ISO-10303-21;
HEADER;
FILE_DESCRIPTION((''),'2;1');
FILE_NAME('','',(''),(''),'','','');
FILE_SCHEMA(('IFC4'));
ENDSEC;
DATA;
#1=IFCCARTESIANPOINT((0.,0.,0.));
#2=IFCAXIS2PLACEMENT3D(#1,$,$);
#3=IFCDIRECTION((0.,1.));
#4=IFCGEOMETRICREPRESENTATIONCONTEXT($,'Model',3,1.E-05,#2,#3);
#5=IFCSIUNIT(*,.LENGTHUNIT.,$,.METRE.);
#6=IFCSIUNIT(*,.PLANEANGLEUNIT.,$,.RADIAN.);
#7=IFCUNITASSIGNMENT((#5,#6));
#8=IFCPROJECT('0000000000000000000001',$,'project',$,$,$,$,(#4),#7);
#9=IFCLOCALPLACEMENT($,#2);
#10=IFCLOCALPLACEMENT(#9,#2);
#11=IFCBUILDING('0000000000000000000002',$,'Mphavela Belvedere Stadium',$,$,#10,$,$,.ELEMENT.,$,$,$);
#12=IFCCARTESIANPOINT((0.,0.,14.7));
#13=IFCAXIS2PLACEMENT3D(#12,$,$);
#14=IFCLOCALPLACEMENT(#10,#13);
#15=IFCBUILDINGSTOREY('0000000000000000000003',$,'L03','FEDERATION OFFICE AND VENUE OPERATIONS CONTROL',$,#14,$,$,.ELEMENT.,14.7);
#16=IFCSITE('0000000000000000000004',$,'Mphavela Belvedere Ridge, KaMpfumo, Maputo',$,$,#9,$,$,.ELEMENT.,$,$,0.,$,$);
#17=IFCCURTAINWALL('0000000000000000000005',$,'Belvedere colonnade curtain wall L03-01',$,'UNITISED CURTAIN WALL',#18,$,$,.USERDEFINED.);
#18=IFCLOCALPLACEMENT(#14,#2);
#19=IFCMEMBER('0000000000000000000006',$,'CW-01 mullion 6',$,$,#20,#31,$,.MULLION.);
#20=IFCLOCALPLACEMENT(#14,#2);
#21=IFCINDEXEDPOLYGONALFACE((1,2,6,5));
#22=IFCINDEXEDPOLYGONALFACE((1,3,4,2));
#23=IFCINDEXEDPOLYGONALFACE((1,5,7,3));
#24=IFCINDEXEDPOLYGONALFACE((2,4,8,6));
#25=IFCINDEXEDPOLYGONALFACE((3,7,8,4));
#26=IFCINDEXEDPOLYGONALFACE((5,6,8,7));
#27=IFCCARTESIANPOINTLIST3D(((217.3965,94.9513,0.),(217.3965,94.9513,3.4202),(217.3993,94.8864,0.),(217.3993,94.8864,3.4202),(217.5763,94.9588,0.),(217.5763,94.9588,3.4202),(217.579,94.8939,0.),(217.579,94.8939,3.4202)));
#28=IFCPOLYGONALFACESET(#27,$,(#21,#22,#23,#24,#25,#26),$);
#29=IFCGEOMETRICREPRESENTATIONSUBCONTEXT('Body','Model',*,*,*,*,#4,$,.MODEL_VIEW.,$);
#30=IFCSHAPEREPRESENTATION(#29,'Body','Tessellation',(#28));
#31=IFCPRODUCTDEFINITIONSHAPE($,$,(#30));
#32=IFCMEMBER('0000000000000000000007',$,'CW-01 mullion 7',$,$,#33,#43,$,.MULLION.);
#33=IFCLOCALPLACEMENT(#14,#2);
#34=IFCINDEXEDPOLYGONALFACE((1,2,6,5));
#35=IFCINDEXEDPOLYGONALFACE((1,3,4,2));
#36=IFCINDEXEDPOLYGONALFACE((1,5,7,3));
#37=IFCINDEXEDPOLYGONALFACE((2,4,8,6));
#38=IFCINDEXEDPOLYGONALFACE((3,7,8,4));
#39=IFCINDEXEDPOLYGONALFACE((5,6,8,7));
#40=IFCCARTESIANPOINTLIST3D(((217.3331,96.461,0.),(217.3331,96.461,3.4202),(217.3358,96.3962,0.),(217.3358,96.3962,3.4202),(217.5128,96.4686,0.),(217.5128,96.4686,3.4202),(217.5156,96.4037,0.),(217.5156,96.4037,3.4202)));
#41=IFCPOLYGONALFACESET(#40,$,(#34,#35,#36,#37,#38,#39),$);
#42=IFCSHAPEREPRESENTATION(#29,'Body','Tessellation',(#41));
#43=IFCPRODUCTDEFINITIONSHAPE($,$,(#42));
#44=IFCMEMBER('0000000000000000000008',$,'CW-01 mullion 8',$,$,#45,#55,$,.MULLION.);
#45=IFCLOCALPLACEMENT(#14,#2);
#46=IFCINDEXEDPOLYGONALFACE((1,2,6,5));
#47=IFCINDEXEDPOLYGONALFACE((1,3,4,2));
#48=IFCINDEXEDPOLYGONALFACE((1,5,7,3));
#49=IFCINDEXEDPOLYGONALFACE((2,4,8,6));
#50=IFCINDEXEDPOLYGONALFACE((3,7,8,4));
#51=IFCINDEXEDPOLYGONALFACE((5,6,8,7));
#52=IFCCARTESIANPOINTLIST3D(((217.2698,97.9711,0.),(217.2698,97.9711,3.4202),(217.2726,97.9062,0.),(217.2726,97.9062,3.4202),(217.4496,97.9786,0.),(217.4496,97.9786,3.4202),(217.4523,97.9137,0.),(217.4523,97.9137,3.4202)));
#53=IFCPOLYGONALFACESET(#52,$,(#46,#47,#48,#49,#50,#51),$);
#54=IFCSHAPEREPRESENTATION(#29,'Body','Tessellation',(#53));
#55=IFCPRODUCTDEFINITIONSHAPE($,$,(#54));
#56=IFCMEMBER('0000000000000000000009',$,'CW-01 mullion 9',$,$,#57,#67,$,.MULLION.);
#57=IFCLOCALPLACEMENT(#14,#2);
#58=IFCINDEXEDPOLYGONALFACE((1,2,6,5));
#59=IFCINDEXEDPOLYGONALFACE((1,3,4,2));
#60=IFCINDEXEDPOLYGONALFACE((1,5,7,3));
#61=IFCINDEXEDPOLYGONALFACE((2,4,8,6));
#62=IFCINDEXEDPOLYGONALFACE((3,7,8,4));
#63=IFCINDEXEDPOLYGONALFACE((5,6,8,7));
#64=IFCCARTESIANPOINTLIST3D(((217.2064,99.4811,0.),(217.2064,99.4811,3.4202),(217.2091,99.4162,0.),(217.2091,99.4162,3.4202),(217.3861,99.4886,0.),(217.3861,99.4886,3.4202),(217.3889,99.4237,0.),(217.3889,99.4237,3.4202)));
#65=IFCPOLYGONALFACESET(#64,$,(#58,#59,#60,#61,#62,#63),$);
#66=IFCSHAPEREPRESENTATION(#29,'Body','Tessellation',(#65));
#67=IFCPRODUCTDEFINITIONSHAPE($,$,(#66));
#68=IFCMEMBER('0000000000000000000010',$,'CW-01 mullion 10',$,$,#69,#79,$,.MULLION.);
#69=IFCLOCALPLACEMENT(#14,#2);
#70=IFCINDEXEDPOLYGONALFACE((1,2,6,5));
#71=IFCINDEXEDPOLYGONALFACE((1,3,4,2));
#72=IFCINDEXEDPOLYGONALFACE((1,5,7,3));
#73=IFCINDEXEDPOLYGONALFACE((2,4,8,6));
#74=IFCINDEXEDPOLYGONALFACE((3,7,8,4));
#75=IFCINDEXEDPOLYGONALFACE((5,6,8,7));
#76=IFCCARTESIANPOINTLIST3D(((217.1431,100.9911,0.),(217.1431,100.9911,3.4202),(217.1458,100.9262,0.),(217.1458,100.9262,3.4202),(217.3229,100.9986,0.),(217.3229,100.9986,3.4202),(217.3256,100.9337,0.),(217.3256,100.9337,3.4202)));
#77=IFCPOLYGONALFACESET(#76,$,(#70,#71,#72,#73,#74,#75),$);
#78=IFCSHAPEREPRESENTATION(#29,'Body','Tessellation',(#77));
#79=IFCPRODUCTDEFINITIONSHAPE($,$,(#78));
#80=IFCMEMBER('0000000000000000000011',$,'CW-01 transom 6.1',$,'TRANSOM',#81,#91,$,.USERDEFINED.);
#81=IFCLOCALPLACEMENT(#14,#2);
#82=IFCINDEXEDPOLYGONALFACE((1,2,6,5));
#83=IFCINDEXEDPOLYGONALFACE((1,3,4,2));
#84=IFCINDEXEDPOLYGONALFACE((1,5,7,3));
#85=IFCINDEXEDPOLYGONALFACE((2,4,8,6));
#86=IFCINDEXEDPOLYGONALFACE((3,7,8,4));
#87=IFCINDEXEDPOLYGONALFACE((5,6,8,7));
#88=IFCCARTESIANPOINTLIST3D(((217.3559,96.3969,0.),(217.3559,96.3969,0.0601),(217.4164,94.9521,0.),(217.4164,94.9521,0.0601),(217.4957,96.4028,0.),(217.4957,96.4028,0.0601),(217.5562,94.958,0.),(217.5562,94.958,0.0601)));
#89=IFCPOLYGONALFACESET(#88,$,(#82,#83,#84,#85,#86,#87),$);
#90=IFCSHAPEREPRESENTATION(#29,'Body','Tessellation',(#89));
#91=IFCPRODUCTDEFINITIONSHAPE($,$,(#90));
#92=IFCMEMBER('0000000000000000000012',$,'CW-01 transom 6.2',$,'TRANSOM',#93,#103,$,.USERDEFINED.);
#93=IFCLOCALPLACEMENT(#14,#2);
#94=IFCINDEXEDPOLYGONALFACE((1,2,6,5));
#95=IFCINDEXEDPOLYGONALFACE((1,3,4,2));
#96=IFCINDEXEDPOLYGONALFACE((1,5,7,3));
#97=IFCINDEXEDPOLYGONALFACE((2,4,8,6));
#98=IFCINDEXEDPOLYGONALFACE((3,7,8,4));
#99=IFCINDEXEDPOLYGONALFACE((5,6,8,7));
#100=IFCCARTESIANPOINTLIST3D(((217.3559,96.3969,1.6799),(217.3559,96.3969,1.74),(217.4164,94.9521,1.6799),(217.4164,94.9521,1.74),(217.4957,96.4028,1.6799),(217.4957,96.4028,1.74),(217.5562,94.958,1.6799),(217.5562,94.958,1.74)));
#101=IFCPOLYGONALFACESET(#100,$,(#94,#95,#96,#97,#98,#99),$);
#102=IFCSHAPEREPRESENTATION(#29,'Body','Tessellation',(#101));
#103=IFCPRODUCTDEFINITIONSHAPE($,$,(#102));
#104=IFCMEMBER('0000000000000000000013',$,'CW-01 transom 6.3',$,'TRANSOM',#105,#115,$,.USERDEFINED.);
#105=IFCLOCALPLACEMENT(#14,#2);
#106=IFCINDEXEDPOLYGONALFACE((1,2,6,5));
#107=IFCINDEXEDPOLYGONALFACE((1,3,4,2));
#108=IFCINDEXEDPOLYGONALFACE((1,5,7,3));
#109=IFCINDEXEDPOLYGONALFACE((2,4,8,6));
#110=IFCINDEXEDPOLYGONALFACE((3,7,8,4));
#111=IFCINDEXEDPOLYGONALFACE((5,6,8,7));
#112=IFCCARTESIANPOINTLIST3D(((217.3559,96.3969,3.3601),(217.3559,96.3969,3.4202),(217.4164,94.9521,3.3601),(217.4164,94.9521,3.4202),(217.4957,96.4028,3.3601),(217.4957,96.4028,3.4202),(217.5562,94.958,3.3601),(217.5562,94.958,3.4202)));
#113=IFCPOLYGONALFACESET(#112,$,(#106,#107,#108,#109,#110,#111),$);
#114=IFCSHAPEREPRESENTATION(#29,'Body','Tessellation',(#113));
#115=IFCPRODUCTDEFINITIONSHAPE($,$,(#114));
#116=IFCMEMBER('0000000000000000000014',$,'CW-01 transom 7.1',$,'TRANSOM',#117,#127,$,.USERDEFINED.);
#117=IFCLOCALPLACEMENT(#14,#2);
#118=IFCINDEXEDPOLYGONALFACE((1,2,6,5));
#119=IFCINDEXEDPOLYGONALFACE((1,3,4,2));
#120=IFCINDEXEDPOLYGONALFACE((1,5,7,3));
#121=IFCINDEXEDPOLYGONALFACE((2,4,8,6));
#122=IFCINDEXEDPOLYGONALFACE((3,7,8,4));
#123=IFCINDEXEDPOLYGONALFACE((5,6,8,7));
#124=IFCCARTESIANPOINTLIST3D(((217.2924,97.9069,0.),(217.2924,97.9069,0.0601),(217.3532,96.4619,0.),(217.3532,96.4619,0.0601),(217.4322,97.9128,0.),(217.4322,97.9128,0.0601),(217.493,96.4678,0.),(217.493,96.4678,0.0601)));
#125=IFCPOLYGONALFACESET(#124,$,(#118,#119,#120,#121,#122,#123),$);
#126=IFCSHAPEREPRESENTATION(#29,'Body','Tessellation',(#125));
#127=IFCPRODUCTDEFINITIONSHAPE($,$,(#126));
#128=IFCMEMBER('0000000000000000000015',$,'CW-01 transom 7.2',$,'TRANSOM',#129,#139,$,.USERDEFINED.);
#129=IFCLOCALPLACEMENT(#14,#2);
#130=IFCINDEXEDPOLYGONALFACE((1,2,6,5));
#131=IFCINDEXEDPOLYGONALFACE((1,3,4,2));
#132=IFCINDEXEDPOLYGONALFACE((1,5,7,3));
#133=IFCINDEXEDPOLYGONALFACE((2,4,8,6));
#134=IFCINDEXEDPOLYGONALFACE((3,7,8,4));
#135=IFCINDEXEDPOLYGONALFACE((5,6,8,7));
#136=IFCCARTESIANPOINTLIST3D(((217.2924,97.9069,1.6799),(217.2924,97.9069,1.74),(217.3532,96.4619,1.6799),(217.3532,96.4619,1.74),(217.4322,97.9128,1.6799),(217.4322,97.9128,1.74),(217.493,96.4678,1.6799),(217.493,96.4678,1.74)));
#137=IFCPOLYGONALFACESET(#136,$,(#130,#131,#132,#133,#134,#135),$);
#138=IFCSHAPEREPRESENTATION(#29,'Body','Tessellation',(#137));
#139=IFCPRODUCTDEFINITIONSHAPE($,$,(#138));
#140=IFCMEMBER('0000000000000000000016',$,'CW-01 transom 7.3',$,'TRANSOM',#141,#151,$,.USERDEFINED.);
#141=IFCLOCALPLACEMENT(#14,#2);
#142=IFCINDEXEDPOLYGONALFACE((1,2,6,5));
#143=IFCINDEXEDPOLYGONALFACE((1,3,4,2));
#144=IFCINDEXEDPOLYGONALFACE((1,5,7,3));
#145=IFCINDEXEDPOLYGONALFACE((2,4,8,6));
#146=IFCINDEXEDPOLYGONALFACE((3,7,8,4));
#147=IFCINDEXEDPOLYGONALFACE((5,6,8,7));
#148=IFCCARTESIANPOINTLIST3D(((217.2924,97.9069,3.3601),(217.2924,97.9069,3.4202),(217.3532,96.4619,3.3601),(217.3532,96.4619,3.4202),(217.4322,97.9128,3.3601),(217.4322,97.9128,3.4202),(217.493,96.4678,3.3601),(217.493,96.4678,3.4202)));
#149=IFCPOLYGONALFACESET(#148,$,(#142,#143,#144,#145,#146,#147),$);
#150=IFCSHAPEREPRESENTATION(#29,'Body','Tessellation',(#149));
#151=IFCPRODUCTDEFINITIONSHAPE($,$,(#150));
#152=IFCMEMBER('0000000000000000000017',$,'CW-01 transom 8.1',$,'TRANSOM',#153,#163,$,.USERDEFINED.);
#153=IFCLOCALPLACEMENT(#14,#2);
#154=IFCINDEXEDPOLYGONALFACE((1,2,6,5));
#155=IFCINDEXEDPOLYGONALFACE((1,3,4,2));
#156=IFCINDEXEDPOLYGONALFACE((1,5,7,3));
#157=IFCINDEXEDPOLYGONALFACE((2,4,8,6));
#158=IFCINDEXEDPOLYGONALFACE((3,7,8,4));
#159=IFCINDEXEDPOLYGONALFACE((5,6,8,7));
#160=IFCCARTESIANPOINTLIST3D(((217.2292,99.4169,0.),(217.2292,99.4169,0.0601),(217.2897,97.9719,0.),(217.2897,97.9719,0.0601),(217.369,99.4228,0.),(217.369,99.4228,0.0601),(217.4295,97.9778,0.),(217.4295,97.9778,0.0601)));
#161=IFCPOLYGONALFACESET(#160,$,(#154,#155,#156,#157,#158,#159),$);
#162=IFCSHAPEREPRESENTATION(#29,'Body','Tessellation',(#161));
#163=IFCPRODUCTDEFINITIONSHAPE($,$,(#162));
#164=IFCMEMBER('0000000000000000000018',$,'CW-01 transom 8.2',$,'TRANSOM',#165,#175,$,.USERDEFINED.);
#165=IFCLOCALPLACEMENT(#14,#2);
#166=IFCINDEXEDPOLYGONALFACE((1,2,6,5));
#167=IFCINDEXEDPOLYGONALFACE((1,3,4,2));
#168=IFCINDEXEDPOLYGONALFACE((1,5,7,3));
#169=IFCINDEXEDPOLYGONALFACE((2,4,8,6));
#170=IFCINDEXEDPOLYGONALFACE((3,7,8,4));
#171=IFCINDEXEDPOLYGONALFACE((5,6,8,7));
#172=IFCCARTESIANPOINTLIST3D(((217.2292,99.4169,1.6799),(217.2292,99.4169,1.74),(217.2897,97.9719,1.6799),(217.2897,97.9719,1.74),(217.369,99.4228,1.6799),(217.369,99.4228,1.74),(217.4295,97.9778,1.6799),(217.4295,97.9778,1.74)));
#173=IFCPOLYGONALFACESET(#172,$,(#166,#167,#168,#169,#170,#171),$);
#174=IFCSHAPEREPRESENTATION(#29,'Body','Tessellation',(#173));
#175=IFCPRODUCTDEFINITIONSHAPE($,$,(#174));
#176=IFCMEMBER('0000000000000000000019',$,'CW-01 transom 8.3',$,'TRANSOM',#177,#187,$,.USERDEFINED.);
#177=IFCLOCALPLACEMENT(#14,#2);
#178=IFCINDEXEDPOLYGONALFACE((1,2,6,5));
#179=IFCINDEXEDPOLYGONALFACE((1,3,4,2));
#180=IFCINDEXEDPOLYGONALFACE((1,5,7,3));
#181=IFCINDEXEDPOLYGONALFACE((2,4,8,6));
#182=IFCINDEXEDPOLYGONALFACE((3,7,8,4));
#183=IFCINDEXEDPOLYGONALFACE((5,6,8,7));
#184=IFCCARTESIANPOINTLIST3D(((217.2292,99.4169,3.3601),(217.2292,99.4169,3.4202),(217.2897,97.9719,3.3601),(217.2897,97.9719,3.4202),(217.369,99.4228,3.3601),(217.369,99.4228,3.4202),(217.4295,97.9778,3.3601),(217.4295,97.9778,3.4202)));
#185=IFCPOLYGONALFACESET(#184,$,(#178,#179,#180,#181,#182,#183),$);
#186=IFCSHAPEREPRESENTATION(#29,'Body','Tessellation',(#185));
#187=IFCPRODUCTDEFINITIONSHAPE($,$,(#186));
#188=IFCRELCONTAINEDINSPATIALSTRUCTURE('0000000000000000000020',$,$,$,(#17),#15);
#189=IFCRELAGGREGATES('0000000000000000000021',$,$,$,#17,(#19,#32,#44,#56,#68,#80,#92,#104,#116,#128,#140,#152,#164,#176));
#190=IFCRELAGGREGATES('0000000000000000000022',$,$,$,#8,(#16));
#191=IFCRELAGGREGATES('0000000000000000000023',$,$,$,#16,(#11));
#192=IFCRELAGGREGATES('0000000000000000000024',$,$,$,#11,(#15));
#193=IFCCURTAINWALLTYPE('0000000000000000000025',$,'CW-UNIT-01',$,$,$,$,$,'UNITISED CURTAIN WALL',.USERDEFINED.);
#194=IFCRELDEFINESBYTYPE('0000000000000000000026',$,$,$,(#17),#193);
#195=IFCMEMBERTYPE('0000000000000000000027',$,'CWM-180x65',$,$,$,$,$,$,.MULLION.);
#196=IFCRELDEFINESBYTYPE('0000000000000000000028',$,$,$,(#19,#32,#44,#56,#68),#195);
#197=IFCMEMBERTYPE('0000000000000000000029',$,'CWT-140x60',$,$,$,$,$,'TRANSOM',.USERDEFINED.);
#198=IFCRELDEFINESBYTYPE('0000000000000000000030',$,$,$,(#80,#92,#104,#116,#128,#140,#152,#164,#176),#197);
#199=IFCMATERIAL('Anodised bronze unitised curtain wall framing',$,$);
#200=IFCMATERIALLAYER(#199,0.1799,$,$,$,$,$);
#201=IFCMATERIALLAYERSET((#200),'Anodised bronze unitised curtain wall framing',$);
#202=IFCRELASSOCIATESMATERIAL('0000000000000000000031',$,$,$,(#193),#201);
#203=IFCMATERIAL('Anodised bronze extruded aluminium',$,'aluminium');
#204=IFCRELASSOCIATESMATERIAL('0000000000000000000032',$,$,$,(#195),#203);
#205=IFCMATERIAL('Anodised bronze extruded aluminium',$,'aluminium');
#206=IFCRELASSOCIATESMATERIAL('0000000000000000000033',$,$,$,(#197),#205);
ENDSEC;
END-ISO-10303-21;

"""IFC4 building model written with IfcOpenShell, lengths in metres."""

from ifc_helpers import new_model, si_unit, direction, frame, origin, origin_2d, place, context, subcontext, project, spatial, rectangle, extrude, material, layer, layer_set, material_profile, profile_set, type_object, element, aggregate, save


model = new_model("IFC4")

# Units and contexts
model_context = context("Model", 3, precision=1e-05, world=origin(), true_north=direction((0.0, 1.0)))
body_context = subcontext(model_context, "Body", "Model", "MODEL_VIEW")
ifc_project = project(units=[si_unit("LENGTHUNIT", "METRE"), si_unit("PLANEANGLEUNIT", "RADIAN")], contexts=[model_context])

# Site, building, storey
site_placement = place(None, origin())
site = spatial("IfcSite", under=ifc_project, at=site_placement, Name="Mphavela Belvedere Ridge, KaMpfumo, Maputo", CompositionType="ELEMENT", RefElevation=0.0)
building_placement = place(site_placement, origin())
building = spatial("IfcBuilding", under=site, at=building_placement, Name="Mphavela Belvedere Stadium", CompositionType="ELEMENT")
storey_placement = place(building_placement, frame((0.0, 0.0, 14.7)))
storey = spatial("IfcBuildingStorey", under=building, at=storey_placement, Name="L03", Description="FEDERATION OFFICE AND VENUE OPERATIONS CONTROL", CompositionType="ELEMENT", Elevation=14.7)

# Curtain wall, members
ifc_material_1 = material(Name="Anodised bronze unitised curtain wall framing")
ifc_layer_1 = layer(ifc_material_1, 0.1799)
ifc_layer_set_1 = layer_set([ifc_layer_1], Name="Anodised bronze unitised curtain wall framing")
curtain_wall_type = type_object("IfcCurtainWallType", Name="CW-UNIT-01", ElementType="UNITISED CURTAIN WALL", PredefinedType="USERDEFINED", material=ifc_layer_set_1)
curtain_wall_placement = place(storey_placement, origin())
curtain_wall = element("IfcCurtainWall", 1, at=curtain_wall_placement, inside=storey, type_object=curtain_wall_type, Name="Belvedere colonnade curtain wall L03-01", ObjectType="UNITISED CURTAIN WALL", PredefinedType="USERDEFINED")
ifc_material_2 = material(Name="Anodised bronze extruded aluminium", Category="aluminium")
ifc_material_profile_1 = material_profile(ifc_material_2, rectangle(XDim=0.1799, YDim=0.0649, at=origin_2d()), Name="CW-MUL 180x65")
ifc_profile_set_1 = profile_set([ifc_material_profile_1], Name="Anodised bronze extruded aluminium")
member_type_1 = type_object("IfcMemberType", Name="CWM-180x65", PredefinedType="MULLION", material=ifc_profile_set_1)
member_1_placement = place(storey_placement, frame((217.4878, 94.9226, 0.0), z_axis=(0.0, 0.0, 1.0), x_axis=(-0.999121, -0.041911, 0.0)))
member_1 = element("IfcMember", 2, at=member_1_placement, type_object=member_type_1, Name="CW-01 mullion 6", PredefinedType="MULLION", context=body_context, shape_type="SweptSolid", body=[
    extrude(rectangle(XDim=0.1799, YDim=0.0649, at=origin_2d()), origin(), (0.0, 0.0, 1.0), 3.4202),
])
member_2_placement = place(storey_placement, frame((217.4243, 96.4324, 0.0), z_axis=(0.0, 0.0, 1.0), x_axis=(-0.999121, -0.041911, 0.0)))
member_2 = element("IfcMember", 3, at=member_2_placement, type_object=member_type_1, Name="CW-01 mullion 7", PredefinedType="MULLION", context=body_context, shape_type="SweptSolid", body=[
    extrude(rectangle(XDim=0.1799, YDim=0.0649, at=origin_2d()), origin(), (0.0, 0.0, 1.0), 3.4202),
])
member_3_placement = place(storey_placement, frame((217.3611, 97.9424, 0.0), z_axis=(0.0, 0.0, 1.0), x_axis=(-0.999121, -0.041911, 0.0)))
member_3 = element("IfcMember", 4, at=member_3_placement, type_object=member_type_1, Name="CW-01 mullion 8", PredefinedType="MULLION", context=body_context, shape_type="SweptSolid", body=[
    extrude(rectangle(XDim=0.1799, YDim=0.0649, at=origin_2d()), origin(), (0.0, 0.0, 1.0), 3.4202),
])
member_4_placement = place(storey_placement, frame((217.2976, 99.4524, 0.0), z_axis=(0.0, 0.0, 1.0), x_axis=(-0.999121, -0.041911, 0.0)))
member_4 = element("IfcMember", 5, at=member_4_placement, type_object=member_type_1, Name="CW-01 mullion 9", PredefinedType="MULLION", context=body_context, shape_type="SweptSolid", body=[
    extrude(rectangle(XDim=0.1799, YDim=0.0649, at=origin_2d()), origin(), (0.0, 0.0, 1.0), 3.4202),
])
member_5_placement = place(storey_placement, frame((217.2344, 100.9624, 0.0), z_axis=(0.0, 0.0, 1.0), x_axis=(-0.999121, -0.041911, 0.0)))
member_5 = element("IfcMember", 6, at=member_5_placement, type_object=member_type_1, Name="CW-01 mullion 10", PredefinedType="MULLION", context=body_context, shape_type="SweptSolid", body=[
    extrude(rectangle(XDim=0.1799, YDim=0.0649, at=origin_2d()), origin(), (0.0, 0.0, 1.0), 3.4202),
])
ifc_material_3 = material(Name="Anodised bronze extruded aluminium", Category="aluminium")
ifc_material_profile_2 = material_profile(ifc_material_3, rectangle(XDim=0.1399, YDim=0.0601, at=origin_2d()), Name="CW-TRN 140x60")
ifc_profile_set_2 = profile_set([ifc_material_profile_2], Name="Anodised bronze extruded aluminium")
member_type_2 = type_object("IfcMemberType", Name="CWT-140x60", ElementType="TRANSOM", PredefinedType="USERDEFINED", material=ifc_profile_set_2)
member_6_placement = place(storey_placement, frame((217.4863, 94.9551, 0.03), z_axis=(-0.041869, 0.999123, 0.0), x_axis=(-0.999123, -0.041869, 0.0)))
member_6 = element("IfcMember", 7, at=member_6_placement, type_object=member_type_2, Name="CW-01 transom 6.1", ObjectType="TRANSOM", PredefinedType="USERDEFINED", context=body_context, shape_type="SweptSolid", body=[
    extrude(rectangle(XDim=0.1399, YDim=0.0601, at=origin_2d()), origin(), (0.0, 0.0, 1.0), 1.446),
])
member_7_placement = place(storey_placement, frame((217.4863, 94.9551, 1.71), z_axis=(-0.041869, 0.999123, 0.0), x_axis=(-0.999123, -0.041869, 0.0)))
member_7 = element("IfcMember", 8, at=member_7_placement, type_object=member_type_2, Name="CW-01 transom 6.2", ObjectType="TRANSOM", PredefinedType="USERDEFINED", context=body_context, shape_type="SweptSolid", body=[
    extrude(rectangle(XDim=0.1399, YDim=0.0601, at=origin_2d()), origin(), (0.0, 0.0, 1.0), 1.446),
])
member_8_placement = place(storey_placement, frame((217.4863, 94.9551, 3.3901), z_axis=(-0.041869, 0.999123, 0.0), x_axis=(-0.999123, -0.041869, 0.0)))
member_8 = element("IfcMember", 9, at=member_8_placement, type_object=member_type_2, Name="CW-01 transom 6.3", ObjectType="TRANSOM", PredefinedType="USERDEFINED", context=body_context, shape_type="SweptSolid", body=[
    extrude(rectangle(XDim=0.1399, YDim=0.0601, at=origin_2d()), origin(), (0.0, 0.0, 1.0), 1.446),
])
member_9_placement = place(storey_placement, frame((217.4231, 96.4648, 0.03), z_axis=(-0.042031, 0.999116, 0.0), x_axis=(-0.999116, -0.042031, 0.0)))
member_9 = element("IfcMember", 10, at=member_9_placement, type_object=member_type_2, Name="CW-01 transom 7.1", ObjectType="TRANSOM", PredefinedType="USERDEFINED", context=body_context, shape_type="SweptSolid", body=[
    extrude(rectangle(XDim=0.1399, YDim=0.0601, at=origin_2d()), origin(), (0.0, 0.0, 1.0), 1.4463),
])
member_10_placement = place(storey_placement, frame((217.4231, 96.4648, 1.71), z_axis=(-0.042031, 0.999116, 0.0), x_axis=(-0.999116, -0.042031, 0.0)))
member_10 = element("IfcMember", 11, at=member_10_placement, type_object=member_type_2, Name="CW-01 transom 7.2", ObjectType="TRANSOM", PredefinedType="USERDEFINED", context=body_context, shape_type="SweptSolid", body=[
    extrude(rectangle(XDim=0.1399, YDim=0.0601, at=origin_2d()), origin(), (0.0, 0.0, 1.0), 1.4463),
])
member_11_placement = place(storey_placement, frame((217.4231, 96.4648, 3.3901), z_axis=(-0.042031, 0.999116, 0.0), x_axis=(-0.999116, -0.042031, 0.0)))
member_11 = element("IfcMember", 12, at=member_11_placement, type_object=member_type_2, Name="CW-01 transom 7.3", ObjectType="TRANSOM", PredefinedType="USERDEFINED", context=body_context, shape_type="SweptSolid", body=[
    extrude(rectangle(XDim=0.1399, YDim=0.0601, at=origin_2d()), origin(), (0.0, 0.0, 1.0), 1.4463),
])
member_12_placement = place(storey_placement, frame((217.3596, 97.9749, 0.03), z_axis=(-0.041862, 0.999123, 0.0), x_axis=(-0.999123, -0.041862, 0.0)))
member_12 = element("IfcMember", 13, at=member_12_placement, type_object=member_type_2, Name="CW-01 transom 8.1", ObjectType="TRANSOM", PredefinedType="USERDEFINED", context=body_context, shape_type="SweptSolid", body=[
    extrude(rectangle(XDim=0.1399, YDim=0.0601, at=origin_2d()), origin(), (0.0, 0.0, 1.0), 1.4463),
])
member_13_placement = place(storey_placement, frame((217.3596, 97.9749, 1.71), z_axis=(-0.041862, 0.999123, 0.0), x_axis=(-0.999123, -0.041862, 0.0)))
member_13 = element("IfcMember", 14, at=member_13_placement, type_object=member_type_2, Name="CW-01 transom 8.2", ObjectType="TRANSOM", PredefinedType="USERDEFINED", context=body_context, shape_type="SweptSolid", body=[
    extrude(rectangle(XDim=0.1399, YDim=0.0601, at=origin_2d()), origin(), (0.0, 0.0, 1.0), 1.4463),
])
member_14_placement = place(storey_placement, frame((217.3596, 97.9749, 3.3901), z_axis=(-0.041862, 0.999123, 0.0), x_axis=(-0.999123, -0.041862, 0.0)))
member_14 = element("IfcMember", 15, at=member_14_placement, type_object=member_type_2, Name="CW-01 transom 8.3", ObjectType="TRANSOM", PredefinedType="USERDEFINED", context=body_context, shape_type="SweptSolid", body=[
    extrude(rectangle(XDim=0.1399, YDim=0.0601, at=origin_2d()), origin(), (0.0, 0.0, 1.0), 1.4463),
])
aggregate(curtain_wall, [member_1, member_2, member_3, member_4, member_5, member_6, member_7, member_8, member_9, member_10, member_11, member_12, member_13, member_14])

save(model, "model.ifc")
